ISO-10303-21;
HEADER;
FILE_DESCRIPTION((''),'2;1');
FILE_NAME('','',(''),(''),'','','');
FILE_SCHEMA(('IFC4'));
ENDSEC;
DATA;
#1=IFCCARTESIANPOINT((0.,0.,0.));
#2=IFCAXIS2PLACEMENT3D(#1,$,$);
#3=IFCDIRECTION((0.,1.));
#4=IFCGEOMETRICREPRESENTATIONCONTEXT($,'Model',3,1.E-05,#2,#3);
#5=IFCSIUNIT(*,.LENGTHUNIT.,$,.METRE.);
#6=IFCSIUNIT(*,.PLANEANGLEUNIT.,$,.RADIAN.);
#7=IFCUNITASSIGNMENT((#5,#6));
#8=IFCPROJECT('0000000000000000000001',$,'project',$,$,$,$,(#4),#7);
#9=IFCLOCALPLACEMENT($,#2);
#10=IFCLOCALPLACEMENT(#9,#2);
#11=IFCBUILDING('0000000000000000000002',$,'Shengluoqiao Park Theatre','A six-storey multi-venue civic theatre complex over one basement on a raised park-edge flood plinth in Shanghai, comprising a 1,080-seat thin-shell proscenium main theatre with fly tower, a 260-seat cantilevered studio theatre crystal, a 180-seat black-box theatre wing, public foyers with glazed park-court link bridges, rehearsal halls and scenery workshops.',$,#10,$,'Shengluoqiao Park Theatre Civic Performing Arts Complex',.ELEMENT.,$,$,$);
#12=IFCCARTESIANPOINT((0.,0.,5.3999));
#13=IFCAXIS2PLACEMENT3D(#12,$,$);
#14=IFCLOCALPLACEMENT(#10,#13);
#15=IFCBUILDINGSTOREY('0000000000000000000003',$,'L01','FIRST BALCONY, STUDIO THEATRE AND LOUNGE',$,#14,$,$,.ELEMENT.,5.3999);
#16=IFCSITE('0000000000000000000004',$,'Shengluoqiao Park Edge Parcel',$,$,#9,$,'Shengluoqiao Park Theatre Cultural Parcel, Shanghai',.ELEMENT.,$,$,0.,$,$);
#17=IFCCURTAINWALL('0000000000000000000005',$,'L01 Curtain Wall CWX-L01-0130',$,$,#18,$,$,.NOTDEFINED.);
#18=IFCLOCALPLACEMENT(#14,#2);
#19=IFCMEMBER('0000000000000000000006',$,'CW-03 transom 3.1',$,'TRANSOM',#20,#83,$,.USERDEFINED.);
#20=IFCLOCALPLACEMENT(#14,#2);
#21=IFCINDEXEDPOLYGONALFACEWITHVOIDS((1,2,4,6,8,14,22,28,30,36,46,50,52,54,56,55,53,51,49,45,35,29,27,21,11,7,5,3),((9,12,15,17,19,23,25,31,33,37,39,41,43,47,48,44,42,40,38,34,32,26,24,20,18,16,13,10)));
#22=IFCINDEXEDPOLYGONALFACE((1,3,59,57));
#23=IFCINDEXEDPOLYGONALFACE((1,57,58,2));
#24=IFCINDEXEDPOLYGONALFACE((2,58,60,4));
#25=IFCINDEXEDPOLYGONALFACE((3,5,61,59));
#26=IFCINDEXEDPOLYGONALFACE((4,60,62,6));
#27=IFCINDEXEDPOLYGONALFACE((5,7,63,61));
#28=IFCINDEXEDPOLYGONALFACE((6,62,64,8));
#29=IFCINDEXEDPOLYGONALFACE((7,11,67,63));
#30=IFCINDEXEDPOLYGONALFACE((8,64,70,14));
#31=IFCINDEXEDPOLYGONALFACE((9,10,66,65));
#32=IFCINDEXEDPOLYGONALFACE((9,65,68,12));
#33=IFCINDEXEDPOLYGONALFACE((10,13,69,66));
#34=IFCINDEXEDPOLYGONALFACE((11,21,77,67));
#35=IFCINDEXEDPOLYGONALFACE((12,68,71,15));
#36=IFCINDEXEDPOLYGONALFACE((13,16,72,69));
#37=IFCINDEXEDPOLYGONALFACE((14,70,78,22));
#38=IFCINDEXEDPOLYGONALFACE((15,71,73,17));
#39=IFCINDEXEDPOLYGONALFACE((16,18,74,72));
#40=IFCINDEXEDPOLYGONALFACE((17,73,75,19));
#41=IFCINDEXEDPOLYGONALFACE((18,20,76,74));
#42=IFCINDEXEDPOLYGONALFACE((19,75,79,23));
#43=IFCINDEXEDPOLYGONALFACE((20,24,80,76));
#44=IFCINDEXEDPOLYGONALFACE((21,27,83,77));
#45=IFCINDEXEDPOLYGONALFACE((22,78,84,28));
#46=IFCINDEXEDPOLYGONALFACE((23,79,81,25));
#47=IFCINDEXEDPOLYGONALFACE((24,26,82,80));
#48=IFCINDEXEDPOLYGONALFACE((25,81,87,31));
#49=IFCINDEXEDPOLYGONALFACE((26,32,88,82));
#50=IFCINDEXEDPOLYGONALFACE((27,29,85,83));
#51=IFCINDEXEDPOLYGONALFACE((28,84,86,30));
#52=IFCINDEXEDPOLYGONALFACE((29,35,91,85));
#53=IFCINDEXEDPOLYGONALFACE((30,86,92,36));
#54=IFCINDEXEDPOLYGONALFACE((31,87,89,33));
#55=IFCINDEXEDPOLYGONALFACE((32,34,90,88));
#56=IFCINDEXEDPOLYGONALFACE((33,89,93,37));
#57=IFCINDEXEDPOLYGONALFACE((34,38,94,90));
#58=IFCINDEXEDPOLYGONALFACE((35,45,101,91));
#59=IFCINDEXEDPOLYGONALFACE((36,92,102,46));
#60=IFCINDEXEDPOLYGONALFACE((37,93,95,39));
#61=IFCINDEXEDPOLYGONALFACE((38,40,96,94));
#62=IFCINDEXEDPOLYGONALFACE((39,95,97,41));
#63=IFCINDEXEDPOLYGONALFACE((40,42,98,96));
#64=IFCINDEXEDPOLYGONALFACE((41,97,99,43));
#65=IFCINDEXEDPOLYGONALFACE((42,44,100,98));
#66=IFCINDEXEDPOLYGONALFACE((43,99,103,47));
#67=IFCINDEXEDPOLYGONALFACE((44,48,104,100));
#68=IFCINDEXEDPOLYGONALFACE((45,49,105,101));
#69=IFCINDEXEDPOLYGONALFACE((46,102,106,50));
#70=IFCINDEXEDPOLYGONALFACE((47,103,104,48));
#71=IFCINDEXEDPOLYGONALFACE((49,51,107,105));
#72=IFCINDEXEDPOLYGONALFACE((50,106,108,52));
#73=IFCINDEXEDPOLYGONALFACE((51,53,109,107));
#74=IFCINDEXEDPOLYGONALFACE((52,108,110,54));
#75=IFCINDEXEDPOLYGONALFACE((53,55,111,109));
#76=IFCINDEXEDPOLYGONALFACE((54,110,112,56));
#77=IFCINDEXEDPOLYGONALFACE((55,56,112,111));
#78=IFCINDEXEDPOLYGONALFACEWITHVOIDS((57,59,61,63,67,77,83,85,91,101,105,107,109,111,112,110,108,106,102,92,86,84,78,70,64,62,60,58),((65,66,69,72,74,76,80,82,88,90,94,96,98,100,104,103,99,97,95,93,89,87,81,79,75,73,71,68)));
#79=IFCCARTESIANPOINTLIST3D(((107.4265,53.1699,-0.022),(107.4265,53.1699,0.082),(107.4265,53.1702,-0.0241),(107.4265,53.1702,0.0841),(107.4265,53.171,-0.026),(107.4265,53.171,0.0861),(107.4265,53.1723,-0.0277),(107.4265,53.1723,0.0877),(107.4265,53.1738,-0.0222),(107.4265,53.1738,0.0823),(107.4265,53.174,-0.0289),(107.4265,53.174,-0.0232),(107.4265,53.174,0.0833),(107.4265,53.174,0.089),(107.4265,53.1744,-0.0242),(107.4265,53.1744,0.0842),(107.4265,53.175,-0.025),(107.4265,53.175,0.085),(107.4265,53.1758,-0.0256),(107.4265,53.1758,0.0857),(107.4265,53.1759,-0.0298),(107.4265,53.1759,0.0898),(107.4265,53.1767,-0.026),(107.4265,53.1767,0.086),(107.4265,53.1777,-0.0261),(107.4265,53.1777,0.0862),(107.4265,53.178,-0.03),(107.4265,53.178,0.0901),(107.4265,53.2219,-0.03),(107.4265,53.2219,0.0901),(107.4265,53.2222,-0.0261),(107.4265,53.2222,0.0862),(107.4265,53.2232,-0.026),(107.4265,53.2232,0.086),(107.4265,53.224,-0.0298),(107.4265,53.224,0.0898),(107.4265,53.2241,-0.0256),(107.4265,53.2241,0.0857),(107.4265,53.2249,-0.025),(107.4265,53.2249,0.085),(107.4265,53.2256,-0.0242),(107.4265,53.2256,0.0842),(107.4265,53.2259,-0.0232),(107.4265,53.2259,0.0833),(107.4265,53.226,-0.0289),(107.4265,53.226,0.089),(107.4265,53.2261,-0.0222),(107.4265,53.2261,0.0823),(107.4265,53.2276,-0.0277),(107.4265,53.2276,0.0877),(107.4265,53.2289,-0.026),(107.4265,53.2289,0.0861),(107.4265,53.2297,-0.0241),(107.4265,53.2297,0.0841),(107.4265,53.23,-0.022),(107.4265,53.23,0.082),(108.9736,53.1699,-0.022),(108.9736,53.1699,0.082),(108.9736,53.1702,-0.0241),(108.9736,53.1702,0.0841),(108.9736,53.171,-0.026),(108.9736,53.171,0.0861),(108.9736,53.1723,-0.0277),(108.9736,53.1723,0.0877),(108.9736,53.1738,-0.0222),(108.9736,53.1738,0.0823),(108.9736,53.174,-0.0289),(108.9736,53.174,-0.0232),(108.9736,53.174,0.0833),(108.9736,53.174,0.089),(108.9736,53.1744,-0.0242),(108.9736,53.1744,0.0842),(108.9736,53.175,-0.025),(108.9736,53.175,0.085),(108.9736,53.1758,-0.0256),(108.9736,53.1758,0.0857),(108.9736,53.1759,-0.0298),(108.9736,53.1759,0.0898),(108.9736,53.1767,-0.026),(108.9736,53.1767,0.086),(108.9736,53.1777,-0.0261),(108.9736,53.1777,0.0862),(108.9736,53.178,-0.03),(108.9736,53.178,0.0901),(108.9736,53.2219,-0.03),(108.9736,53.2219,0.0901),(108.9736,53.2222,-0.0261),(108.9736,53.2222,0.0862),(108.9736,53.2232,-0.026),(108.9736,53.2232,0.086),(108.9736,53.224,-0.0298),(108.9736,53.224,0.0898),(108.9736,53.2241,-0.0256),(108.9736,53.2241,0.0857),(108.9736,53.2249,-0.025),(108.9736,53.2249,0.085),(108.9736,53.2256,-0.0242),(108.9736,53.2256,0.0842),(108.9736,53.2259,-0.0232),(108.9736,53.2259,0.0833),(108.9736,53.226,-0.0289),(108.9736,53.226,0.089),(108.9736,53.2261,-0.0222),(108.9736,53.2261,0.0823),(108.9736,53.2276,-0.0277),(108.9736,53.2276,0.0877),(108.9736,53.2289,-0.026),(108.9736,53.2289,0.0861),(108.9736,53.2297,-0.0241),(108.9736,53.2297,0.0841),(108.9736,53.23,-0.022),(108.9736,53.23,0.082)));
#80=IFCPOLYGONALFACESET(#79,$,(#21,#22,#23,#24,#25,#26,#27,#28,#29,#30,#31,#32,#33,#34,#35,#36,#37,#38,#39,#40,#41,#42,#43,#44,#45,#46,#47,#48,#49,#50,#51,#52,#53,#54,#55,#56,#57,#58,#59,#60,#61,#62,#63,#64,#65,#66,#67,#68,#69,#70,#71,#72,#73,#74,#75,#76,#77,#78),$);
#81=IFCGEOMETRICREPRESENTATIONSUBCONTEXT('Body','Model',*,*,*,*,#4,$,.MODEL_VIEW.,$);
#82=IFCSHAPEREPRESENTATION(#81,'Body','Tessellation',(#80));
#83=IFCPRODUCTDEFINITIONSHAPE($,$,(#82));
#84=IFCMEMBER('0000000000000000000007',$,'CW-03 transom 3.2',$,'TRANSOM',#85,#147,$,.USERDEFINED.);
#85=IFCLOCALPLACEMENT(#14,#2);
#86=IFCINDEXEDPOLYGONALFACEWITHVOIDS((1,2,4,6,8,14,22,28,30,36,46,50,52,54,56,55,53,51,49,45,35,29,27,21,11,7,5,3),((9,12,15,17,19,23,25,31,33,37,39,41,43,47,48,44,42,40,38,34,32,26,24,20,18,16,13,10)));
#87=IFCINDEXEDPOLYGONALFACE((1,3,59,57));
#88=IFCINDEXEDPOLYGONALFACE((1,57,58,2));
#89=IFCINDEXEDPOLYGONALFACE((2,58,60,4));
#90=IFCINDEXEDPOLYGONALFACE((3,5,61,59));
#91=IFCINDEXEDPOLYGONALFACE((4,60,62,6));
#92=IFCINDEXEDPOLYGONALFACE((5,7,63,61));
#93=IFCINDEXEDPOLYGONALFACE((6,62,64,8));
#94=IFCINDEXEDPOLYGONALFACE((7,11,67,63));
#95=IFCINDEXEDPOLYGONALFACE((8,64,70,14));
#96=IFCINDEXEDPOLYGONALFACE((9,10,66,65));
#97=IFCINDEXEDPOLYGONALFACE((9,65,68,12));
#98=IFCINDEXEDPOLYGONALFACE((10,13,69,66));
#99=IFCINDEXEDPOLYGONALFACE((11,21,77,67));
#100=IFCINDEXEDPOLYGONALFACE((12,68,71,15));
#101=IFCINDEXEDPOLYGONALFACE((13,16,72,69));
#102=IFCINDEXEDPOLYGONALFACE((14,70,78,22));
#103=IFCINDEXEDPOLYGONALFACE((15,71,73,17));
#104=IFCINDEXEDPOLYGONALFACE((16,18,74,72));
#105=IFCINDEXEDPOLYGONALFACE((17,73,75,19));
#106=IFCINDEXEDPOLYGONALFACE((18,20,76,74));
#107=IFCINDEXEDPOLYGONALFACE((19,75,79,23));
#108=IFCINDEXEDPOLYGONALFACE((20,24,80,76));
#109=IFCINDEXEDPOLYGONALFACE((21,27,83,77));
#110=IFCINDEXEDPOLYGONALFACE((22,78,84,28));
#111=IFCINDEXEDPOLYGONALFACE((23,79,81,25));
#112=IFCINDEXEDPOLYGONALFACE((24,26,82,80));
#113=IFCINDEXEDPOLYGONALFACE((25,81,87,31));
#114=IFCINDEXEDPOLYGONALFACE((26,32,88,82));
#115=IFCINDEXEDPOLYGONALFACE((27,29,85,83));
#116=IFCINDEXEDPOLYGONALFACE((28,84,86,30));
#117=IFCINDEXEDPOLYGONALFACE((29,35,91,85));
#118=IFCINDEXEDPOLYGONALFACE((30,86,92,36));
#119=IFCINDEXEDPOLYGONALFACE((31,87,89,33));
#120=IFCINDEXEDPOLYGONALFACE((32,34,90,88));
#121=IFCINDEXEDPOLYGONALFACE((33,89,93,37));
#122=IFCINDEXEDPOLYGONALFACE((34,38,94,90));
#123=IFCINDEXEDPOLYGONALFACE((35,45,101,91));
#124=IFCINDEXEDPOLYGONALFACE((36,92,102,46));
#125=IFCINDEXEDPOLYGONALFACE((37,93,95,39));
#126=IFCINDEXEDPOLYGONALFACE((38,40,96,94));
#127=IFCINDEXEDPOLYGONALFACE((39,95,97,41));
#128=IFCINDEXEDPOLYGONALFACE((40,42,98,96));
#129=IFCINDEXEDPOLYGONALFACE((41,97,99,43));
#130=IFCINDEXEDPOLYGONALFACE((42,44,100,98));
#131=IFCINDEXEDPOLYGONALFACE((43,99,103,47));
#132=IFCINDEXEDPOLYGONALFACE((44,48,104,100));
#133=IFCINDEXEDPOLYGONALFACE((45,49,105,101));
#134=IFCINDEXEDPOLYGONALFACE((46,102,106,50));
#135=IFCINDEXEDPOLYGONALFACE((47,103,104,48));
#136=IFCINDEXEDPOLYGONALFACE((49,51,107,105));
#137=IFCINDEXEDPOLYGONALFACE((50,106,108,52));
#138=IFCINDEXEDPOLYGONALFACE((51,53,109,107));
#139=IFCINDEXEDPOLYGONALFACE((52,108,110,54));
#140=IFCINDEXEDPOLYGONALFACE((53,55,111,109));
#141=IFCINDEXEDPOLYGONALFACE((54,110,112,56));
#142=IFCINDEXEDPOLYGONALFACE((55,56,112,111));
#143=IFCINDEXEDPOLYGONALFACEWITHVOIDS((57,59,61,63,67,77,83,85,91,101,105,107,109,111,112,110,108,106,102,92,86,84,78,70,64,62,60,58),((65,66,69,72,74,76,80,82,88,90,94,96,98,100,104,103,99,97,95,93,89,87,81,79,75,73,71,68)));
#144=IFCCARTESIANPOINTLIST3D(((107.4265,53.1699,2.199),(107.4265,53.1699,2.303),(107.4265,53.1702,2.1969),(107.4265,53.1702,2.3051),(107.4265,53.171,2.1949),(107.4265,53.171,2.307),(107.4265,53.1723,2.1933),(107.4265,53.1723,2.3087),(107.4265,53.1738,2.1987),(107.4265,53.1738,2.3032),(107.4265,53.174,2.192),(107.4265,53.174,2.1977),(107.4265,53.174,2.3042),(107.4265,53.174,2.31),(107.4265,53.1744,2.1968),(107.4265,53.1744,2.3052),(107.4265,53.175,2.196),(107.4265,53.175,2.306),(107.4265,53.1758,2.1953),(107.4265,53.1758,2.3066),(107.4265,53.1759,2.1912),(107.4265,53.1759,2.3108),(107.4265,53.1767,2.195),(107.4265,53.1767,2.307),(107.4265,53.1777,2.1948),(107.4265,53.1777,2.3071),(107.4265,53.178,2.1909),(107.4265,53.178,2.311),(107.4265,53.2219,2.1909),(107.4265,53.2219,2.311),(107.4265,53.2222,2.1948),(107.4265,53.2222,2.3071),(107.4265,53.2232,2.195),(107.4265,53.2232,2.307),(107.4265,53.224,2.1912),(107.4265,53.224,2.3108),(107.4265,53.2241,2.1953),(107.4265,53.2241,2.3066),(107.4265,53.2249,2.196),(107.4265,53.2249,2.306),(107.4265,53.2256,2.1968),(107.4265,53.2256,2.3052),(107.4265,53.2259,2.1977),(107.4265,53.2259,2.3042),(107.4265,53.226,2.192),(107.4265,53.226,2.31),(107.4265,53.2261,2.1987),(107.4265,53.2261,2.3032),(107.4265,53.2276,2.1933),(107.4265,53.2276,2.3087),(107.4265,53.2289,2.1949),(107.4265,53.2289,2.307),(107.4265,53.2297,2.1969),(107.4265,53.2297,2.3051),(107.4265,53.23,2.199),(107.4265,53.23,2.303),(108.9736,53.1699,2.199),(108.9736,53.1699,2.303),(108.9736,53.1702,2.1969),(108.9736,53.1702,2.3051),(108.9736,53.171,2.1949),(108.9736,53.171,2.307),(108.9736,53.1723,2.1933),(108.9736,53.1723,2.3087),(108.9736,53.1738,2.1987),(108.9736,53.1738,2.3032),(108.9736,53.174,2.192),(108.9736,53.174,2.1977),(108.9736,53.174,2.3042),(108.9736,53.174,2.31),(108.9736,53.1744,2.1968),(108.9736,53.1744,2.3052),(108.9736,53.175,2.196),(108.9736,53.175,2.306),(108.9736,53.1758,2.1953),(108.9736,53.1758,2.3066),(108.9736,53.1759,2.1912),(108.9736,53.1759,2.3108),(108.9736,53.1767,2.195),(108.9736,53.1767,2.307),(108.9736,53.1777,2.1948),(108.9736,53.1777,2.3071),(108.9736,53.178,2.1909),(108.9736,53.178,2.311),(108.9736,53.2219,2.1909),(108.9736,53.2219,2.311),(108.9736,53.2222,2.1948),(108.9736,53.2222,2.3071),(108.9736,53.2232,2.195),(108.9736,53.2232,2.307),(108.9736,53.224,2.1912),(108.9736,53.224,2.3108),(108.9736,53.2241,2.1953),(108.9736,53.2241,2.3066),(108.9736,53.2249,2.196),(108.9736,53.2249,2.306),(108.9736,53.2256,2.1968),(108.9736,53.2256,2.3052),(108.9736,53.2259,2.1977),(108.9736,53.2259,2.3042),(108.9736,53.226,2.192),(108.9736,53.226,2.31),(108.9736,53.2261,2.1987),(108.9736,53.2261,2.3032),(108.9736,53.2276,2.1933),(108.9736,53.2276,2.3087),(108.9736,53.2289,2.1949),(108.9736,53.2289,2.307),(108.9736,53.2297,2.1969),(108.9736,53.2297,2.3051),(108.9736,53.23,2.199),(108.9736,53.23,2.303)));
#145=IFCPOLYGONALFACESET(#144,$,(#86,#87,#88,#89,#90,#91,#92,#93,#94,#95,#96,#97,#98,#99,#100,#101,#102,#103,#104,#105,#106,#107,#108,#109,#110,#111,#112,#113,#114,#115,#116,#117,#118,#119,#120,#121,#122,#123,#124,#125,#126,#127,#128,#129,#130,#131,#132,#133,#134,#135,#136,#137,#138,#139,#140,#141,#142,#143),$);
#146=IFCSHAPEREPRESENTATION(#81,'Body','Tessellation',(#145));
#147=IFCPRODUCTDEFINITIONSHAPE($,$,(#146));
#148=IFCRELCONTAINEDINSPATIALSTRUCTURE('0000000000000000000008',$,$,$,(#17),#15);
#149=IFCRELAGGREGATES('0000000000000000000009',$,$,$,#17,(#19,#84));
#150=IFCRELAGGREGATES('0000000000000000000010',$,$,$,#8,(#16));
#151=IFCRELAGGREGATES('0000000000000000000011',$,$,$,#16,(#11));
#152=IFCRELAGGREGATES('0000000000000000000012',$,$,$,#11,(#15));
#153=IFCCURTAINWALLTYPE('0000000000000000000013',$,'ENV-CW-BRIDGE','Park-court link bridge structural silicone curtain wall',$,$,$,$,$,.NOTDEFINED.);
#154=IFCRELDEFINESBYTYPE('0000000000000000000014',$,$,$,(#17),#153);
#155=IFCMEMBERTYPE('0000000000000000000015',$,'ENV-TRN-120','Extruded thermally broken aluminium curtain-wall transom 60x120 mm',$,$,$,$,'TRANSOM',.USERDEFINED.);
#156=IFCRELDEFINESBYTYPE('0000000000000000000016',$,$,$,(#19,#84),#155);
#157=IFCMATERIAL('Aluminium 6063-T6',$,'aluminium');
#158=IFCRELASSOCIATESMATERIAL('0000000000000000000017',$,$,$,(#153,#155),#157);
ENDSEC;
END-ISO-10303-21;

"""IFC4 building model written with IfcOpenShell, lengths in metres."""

from ifc_helpers import new_model, si_unit, direction, frame, origin, origin_2d, place, context, subcontext, project, spatial, hollow_rectangle, extrude, material, material_profile, profile_set, type_object, element, aggregate, save


model = new_model("IFC4")

# Units and contexts
model_context = context("Model", 3, precision=1e-05, world=origin(), true_north=direction((0.0, 1.0)))
body_context = subcontext(model_context, "Body", "Model", "MODEL_VIEW")
ifc_project = project(units=[si_unit("LENGTHUNIT", "METRE"), si_unit("PLANEANGLEUNIT", "RADIAN")], contexts=[model_context])

# Site, building, storey
site_placement = place(None, origin())
site = spatial("IfcSite", under=ifc_project, at=site_placement, Name="Shengluoqiao Park Edge Parcel", LongName="Shengluoqiao Park Theatre Cultural Parcel, Shanghai", CompositionType="ELEMENT", RefElevation=0.0)
building_placement = place(site_placement, origin())
building = spatial("IfcBuilding", under=site, at=building_placement, Name="Shengluoqiao Park Theatre", Description="A six-storey multi-venue civic theatre complex over one basement on a raised park-edge flood plinth in Shanghai, comprising a 1,080-seat thin-shell proscenium main theatre with fly tower, a 260-seat cantilevered studio theatre crystal, a 180-seat black-box theatre wing, public foyers with glazed park-court link bridges, rehearsal halls and scenery workshops.", LongName="Shengluoqiao Park Theatre Civic Performing Arts Complex", CompositionType="ELEMENT")
storey_placement = place(building_placement, frame((0.0, 0.0, 5.3999)))
storey = spatial("IfcBuildingStorey", under=building, at=storey_placement, Name="L01", Description="FIRST BALCONY, STUDIO THEATRE AND LOUNGE", CompositionType="ELEMENT", Elevation=5.3999)

# Shared definitions
ifc_material_1 = material(Name="Aluminium 6063-T6", Category="aluminium")
curtain_wall_type = type_object("IfcCurtainWallType", Name="ENV-CW-BRIDGE", Description="Park-court link bridge structural silicone curtain wall", PredefinedType="NOTDEFINED", material=ifc_material_1)

# Curtain wall
curtain_wall_1_placement = place(storey_placement, origin())
curtain_wall_1 = element("IfcCurtainWall", 1, at=curtain_wall_1_placement, inside=storey, type_object=curtain_wall_type, Name="L01 Curtain Wall CWX-L01-0130", PredefinedType="NOTDEFINED")

# Members
ifc_material_profile_1 = material_profile(ifc_material_1, hollow_rectangle(XDim=0.0601, YDim=0.1201, WallThickness=0.0039, InnerFilletRadius=0.0039, OuterFilletRadius=0.0081, at=origin_2d()), Name="ALU TRANSOM 120x60x4")
ifc_profile_set_1 = profile_set([ifc_material_profile_1], Name="Aluminium 6063-T6")
member_type_1 = type_object("IfcMemberType", Name="ENV-TRN-120", Description="Extruded thermally broken aluminium curtain-wall transom 60x120 mm", ElementType="TRANSOM", PredefinedType="USERDEFINED", material=ifc_profile_set_1)
member_1_placement = place(storey_placement, frame((107.4265, 53.2, 0.03), z_axis=(1.0, 0.0, 0.0), x_axis=(0.0, 1.0, 0.0)))
member_1 = element("IfcMember", 2, at=member_1_placement, type_object=member_type_1, Name="CW-03 transom 3.1", ObjectType="TRANSOM", PredefinedType="USERDEFINED", context=body_context, shape_type="SweptSolid", body=[
    extrude(hollow_rectangle(XDim=0.0601, YDim=0.1201, WallThickness=0.0039, InnerFilletRadius=0.0039, OuterFilletRadius=0.0081, at=origin_2d()), origin(), (0.0, 0.0, 1.0), 1.5471),
])
member_2_placement = place(storey_placement, frame((107.4265, 53.2, 2.251), z_axis=(1.0, 0.0, 0.0), x_axis=(0.0, 1.0, 0.0)))
member_2 = element("IfcMember", 3, at=member_2_placement, type_object=member_type_1, Name="CW-03 transom 3.2", ObjectType="TRANSOM", PredefinedType="USERDEFINED", context=body_context, shape_type="SweptSolid", body=[
    extrude(hollow_rectangle(XDim=0.0601, YDim=0.1201, WallThickness=0.0039, InnerFilletRadius=0.0039, OuterFilletRadius=0.0081, at=origin_2d()), origin(), (0.0, 0.0, 1.0), 1.5471),
])

aggregate(curtain_wall_1, [member_1, member_2])

save(model, "model.ifc")
